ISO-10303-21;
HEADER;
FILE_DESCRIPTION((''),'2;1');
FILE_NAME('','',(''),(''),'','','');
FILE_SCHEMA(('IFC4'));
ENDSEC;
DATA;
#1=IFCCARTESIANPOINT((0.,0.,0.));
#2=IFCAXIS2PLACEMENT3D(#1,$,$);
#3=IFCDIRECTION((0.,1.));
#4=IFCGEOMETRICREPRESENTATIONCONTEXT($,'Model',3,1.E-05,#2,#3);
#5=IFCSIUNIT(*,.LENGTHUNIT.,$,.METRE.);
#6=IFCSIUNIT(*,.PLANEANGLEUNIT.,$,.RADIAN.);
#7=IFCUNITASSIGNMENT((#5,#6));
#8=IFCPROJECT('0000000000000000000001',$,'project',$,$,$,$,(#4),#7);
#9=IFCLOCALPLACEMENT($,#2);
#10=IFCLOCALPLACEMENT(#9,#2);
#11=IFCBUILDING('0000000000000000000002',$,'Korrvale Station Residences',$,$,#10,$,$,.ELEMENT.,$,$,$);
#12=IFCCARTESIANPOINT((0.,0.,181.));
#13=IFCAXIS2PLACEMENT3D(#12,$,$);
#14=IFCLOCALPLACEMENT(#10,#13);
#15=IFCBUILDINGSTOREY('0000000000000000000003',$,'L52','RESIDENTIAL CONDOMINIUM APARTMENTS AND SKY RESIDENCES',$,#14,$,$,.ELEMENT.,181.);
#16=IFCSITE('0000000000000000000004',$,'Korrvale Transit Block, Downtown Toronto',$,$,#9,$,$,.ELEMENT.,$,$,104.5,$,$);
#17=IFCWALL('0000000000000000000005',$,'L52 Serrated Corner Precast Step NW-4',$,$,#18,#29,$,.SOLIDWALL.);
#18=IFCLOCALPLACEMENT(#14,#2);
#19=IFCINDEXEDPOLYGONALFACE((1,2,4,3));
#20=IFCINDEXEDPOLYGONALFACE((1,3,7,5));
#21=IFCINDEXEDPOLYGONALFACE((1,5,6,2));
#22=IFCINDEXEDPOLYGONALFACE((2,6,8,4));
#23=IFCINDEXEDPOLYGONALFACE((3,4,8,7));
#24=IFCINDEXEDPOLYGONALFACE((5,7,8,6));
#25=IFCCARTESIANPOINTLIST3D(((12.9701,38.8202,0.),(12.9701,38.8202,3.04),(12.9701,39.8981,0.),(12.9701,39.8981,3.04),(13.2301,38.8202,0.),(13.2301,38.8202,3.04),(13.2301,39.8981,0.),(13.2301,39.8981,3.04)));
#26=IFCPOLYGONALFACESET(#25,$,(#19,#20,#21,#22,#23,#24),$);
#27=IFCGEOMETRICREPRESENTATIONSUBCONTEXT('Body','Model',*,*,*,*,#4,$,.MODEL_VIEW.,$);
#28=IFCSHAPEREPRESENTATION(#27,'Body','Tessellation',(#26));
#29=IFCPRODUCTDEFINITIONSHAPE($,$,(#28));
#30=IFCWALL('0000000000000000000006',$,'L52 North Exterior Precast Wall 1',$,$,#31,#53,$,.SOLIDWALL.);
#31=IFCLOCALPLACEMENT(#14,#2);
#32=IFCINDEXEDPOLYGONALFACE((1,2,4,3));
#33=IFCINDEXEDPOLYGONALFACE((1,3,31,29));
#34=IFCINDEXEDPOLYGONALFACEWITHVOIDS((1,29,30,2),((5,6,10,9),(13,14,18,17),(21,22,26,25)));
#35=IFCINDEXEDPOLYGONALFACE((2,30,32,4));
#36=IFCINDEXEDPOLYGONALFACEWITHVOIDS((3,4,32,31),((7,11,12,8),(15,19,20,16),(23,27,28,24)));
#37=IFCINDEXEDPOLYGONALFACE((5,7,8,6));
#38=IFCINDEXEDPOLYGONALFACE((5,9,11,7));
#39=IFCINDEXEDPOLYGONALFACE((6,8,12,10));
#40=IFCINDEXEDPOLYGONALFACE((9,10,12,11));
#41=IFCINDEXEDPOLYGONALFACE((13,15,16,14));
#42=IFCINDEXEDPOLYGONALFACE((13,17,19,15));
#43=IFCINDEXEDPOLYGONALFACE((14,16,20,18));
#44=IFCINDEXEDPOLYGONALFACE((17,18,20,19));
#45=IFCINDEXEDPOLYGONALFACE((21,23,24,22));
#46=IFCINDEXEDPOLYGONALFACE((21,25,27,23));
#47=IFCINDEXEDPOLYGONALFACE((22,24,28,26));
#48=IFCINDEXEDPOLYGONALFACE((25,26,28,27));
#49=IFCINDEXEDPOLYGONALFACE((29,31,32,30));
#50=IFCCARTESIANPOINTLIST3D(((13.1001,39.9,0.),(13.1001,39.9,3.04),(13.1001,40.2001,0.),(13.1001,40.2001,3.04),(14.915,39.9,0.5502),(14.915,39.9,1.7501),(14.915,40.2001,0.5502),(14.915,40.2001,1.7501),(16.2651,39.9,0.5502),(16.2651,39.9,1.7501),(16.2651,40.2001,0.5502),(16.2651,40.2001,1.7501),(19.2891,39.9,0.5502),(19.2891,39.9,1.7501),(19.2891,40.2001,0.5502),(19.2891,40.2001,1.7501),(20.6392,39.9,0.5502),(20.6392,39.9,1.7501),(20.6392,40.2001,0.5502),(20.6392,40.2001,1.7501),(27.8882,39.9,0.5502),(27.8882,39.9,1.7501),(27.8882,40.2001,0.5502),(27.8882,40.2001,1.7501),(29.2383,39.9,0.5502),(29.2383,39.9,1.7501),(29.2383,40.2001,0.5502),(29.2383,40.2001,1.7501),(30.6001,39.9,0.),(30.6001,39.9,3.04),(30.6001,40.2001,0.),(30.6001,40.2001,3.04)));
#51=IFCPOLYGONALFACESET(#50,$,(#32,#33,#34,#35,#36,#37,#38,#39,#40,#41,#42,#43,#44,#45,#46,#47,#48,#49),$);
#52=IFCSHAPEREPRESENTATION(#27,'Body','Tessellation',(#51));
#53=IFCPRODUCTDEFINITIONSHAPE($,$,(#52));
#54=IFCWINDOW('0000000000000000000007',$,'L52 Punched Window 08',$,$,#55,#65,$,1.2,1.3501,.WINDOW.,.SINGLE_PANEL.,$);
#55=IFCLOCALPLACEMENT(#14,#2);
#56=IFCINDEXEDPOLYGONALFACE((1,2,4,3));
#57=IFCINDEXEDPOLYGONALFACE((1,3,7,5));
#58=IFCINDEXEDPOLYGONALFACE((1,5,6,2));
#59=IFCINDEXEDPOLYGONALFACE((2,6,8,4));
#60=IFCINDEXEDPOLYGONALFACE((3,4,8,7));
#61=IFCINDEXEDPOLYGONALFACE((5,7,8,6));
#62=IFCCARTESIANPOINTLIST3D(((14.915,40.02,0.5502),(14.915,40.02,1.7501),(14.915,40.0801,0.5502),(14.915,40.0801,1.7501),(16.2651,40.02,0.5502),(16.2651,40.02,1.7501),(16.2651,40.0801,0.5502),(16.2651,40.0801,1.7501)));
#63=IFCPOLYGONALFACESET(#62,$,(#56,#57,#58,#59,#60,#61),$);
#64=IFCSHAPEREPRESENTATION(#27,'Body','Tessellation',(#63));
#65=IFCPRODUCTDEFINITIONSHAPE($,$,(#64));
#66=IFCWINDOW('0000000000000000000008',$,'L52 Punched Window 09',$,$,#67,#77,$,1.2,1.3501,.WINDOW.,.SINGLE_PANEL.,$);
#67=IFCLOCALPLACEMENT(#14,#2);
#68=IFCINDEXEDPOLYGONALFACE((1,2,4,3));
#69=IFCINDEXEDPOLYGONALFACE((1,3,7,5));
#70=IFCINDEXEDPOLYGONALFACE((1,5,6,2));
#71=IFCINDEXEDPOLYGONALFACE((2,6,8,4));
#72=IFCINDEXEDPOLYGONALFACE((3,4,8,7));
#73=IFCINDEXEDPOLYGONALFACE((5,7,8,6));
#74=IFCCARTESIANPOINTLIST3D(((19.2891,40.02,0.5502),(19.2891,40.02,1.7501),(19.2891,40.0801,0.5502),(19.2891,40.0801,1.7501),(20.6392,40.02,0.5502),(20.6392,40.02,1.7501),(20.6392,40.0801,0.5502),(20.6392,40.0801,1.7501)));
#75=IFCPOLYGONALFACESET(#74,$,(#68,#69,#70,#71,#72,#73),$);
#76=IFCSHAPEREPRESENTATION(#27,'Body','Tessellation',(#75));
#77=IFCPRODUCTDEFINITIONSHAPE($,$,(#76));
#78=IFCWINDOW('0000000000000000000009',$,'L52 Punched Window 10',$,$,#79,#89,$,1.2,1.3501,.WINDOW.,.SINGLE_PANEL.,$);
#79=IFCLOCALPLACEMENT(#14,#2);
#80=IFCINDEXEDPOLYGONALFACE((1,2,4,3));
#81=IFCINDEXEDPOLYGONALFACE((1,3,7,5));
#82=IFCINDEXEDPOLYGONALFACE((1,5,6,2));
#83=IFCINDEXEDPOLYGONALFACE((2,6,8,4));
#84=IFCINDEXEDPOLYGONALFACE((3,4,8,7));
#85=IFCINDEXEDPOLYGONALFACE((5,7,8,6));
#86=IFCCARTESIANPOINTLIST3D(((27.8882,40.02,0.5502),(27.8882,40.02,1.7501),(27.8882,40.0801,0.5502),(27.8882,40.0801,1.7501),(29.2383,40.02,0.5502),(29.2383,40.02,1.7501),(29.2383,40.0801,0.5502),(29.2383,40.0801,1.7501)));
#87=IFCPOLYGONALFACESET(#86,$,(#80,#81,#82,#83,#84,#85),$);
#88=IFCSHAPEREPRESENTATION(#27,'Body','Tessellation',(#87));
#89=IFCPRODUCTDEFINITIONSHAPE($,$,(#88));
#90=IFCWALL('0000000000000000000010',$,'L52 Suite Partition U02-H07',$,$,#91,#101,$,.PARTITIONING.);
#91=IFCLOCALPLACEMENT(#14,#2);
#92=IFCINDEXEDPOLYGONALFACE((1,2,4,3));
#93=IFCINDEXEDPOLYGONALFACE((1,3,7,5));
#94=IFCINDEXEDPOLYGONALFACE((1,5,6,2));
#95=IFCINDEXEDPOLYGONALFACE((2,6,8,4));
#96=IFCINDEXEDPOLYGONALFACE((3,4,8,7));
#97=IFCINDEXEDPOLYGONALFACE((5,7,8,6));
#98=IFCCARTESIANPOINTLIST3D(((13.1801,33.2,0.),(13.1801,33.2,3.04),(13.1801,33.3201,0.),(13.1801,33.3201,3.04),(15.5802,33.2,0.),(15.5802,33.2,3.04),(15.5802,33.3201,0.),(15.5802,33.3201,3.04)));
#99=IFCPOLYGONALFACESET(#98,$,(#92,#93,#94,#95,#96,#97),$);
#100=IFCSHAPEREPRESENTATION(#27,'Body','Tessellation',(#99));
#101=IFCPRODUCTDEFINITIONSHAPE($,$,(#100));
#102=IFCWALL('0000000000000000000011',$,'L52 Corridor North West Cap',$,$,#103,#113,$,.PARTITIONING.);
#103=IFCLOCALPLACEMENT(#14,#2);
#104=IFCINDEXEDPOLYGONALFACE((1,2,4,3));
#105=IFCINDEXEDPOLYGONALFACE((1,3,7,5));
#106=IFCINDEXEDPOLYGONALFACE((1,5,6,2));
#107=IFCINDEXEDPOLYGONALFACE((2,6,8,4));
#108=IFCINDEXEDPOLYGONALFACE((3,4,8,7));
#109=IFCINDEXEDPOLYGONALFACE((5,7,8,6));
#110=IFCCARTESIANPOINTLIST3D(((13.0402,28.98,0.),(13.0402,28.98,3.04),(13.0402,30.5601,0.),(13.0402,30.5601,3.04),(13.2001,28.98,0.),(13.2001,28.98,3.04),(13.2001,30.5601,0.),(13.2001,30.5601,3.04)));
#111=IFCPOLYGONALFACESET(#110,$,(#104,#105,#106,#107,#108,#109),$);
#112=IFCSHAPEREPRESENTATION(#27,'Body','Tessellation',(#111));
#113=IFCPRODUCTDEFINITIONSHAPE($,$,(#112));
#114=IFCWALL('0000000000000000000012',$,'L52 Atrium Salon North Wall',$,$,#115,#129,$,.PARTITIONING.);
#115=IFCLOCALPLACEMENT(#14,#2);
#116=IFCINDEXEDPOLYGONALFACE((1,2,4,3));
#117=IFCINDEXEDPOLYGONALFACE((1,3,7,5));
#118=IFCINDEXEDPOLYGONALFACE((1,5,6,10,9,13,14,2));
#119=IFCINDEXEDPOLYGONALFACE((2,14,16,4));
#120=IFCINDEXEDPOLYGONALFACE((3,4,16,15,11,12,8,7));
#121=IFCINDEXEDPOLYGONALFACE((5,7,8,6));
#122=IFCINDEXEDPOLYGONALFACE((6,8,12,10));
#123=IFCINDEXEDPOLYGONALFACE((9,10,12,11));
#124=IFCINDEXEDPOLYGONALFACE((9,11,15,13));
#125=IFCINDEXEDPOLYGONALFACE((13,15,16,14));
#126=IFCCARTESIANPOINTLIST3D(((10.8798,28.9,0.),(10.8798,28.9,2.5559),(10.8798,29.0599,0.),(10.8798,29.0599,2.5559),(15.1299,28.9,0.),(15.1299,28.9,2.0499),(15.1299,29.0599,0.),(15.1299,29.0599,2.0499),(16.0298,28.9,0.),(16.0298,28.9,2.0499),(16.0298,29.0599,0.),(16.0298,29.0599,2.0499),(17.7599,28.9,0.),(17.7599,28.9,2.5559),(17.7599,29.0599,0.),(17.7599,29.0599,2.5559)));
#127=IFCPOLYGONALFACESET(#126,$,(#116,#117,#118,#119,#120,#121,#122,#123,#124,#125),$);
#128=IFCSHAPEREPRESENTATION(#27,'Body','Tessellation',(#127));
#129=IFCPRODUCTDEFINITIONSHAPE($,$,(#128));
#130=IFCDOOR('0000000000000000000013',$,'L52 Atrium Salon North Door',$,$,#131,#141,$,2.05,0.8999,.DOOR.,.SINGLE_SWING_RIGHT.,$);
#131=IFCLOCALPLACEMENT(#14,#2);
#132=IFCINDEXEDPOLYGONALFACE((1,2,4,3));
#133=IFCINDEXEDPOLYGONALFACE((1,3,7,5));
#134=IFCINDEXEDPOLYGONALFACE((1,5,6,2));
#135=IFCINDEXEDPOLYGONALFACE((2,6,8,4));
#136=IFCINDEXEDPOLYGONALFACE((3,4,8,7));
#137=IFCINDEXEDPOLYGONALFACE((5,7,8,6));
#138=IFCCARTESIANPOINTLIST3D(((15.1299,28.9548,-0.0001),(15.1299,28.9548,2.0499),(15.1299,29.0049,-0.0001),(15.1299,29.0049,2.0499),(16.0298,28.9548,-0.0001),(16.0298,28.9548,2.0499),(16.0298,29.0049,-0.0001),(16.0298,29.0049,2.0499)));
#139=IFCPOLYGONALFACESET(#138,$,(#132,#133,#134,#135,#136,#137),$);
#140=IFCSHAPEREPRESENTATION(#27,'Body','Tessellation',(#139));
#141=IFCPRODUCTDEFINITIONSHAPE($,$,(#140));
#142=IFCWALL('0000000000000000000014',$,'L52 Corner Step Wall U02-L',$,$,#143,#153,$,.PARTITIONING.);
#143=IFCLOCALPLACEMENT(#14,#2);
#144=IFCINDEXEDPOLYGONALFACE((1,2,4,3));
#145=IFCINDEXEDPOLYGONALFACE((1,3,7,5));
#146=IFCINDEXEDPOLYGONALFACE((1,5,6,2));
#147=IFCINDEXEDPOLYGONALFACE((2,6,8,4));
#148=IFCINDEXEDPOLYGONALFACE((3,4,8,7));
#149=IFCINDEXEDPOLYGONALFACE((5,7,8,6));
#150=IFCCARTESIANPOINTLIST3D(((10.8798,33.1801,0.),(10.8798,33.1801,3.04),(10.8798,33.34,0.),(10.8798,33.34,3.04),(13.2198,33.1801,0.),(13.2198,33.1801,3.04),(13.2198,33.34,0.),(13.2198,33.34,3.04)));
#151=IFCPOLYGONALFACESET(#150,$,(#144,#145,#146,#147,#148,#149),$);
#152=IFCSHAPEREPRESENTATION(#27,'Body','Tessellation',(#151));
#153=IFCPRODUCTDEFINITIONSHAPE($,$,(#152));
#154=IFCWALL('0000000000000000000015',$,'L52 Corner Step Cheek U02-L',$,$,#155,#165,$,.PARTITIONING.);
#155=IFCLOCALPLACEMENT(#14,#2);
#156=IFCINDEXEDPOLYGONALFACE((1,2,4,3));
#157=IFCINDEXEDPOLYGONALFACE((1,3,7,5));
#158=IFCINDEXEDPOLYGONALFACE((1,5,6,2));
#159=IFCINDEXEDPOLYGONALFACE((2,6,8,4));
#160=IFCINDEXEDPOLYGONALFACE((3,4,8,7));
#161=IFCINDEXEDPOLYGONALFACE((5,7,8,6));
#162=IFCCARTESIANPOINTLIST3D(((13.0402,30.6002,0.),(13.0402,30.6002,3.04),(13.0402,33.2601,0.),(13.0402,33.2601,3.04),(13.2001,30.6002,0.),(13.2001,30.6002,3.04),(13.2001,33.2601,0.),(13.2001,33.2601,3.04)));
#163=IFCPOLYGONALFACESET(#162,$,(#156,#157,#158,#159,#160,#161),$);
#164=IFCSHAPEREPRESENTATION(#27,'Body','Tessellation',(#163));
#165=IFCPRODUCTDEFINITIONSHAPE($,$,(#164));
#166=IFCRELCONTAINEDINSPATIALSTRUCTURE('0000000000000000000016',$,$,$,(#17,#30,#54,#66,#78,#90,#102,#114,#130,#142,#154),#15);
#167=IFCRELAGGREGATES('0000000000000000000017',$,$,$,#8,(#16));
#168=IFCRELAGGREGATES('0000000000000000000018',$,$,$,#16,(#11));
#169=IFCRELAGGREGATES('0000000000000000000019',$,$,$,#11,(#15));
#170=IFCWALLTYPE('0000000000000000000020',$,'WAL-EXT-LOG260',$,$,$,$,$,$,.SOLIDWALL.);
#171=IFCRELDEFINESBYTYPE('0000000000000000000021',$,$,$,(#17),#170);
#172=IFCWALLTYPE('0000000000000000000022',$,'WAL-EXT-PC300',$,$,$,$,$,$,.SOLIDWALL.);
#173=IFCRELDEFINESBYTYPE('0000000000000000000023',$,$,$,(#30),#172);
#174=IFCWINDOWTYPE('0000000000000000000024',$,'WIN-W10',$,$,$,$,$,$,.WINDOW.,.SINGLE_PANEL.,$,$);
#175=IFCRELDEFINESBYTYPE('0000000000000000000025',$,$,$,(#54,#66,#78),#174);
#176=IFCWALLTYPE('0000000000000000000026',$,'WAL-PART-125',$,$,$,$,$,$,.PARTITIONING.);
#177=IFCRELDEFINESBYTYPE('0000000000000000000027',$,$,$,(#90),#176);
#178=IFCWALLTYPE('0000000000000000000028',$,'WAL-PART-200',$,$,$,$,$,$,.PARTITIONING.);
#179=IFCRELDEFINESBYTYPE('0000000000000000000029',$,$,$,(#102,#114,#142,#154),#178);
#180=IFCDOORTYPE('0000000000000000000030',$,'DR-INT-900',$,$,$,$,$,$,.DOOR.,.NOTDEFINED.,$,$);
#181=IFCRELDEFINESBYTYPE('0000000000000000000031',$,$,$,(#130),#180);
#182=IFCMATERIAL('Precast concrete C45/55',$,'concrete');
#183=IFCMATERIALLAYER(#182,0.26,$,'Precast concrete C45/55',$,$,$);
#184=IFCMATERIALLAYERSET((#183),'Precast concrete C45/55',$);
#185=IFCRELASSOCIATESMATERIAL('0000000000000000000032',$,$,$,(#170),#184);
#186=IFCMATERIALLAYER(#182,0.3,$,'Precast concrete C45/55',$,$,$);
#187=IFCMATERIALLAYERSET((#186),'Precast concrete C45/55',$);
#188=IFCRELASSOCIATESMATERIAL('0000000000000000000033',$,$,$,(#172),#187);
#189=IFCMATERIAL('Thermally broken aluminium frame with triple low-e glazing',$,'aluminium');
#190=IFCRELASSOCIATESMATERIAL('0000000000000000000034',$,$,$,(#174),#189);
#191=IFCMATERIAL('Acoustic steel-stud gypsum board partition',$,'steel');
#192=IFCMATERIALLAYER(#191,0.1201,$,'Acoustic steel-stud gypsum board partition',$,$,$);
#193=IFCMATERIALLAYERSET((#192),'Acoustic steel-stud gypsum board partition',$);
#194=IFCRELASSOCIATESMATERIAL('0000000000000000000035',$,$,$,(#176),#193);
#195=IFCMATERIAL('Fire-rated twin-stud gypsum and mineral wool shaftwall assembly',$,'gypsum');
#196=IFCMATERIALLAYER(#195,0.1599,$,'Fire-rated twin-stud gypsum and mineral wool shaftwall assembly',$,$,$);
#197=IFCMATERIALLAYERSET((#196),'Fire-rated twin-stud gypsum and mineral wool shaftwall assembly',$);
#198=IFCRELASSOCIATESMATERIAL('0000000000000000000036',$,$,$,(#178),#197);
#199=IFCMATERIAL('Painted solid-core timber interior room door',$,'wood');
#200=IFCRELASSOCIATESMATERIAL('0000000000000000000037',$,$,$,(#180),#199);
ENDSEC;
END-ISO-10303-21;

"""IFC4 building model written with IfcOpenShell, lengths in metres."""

from ifc_helpers import new_model, si_unit, direction, frame, frame_2d, origin, place, context, subcontext, project, spatial, rectangle, extrude, material, layer, layer_set, type_object, element, fill, save


model = new_model("IFC4")

# Units and contexts
model_context = context("Model", 3, precision=1e-05, world=origin(), true_north=direction((0.0, 1.0)))
body_context = subcontext(model_context, "Body", "Model", "MODEL_VIEW")
ifc_project = project(units=[si_unit("LENGTHUNIT", "METRE"), si_unit("PLANEANGLEUNIT", "RADIAN")], contexts=[model_context])

# Site, building, storey
site_placement = place(None, origin())
site = spatial("IfcSite", under=ifc_project, at=site_placement, Name="Korrvale Transit Block, Downtown Toronto", CompositionType="ELEMENT", RefElevation=104.5)
building_placement = place(site_placement, origin())
building = spatial("IfcBuilding", under=site, at=building_placement, Name="Korrvale Station Residences", CompositionType="ELEMENT")
storey_placement = place(building_placement, frame((0.0, 0.0, 181.0)))
storey = spatial("IfcBuildingStorey", under=building, at=storey_placement, Name="L52", Description="RESIDENTIAL CONDOMINIUM APARTMENTS AND SKY RESIDENCES", CompositionType="ELEMENT", Elevation=181.0)

# Wall
ifc_material_1 = material(Name="Precast concrete C45/55", Category="concrete")
ifc_layer_1 = layer(ifc_material_1, 0.26, Name="Precast concrete C45/55")
ifc_layer_set_1 = layer_set([ifc_layer_1], Name="Precast concrete C45/55")
wall_type_1 = type_object("IfcWallType", Name="WAL-EXT-LOG260", PredefinedType="SOLIDWALL", material=ifc_layer_set_1)
wall_1_placement = place(storey_placement, frame((13.1001, 38.8201, 0.0), z_axis=(0.0, 0.0, 1.0), x_axis=(0.0, 1.0, 0.0)))
element("IfcWall", 1, at=wall_1_placement, inside=storey, type_object=wall_type_1, Name="L52 Serrated Corner Precast Step NW-4", PredefinedType="SOLIDWALL", context=body_context, shape_type="SweptSolid", body=[
    extrude(rectangle(XDim=1.0779, YDim=0.26, at=frame_2d((0.5391, 0.0))), origin(), (0.0, 0.0, 1.0), 3.04),
])

# Wall, openings, windows
ifc_layer_2 = layer(ifc_material_1, 0.3, Name="Precast concrete C45/55")
ifc_layer_set_2 = layer_set([ifc_layer_2], Name="Precast concrete C45/55")
wall_type_2 = type_object("IfcWallType", Name="WAL-EXT-PC300", PredefinedType="SOLIDWALL", material=ifc_layer_set_2)
wall_2_placement = place(storey_placement, frame((13.1001, 40.05, 0.0), z_axis=(0.0, 0.0, 1.0), x_axis=(1.0, 0.0, 0.0)))
wall_2 = element("IfcWall", 2, at=wall_2_placement, inside=storey, type_object=wall_type_2, Name="L52 North Exterior Precast Wall 1", PredefinedType="SOLIDWALL", context=body_context, shape_type="SweptSolid", body=[
    extrude(rectangle(XDim=17.5, YDim=0.3, at=frame_2d((8.75, 0.0))), origin(), (0.0, 0.0, 1.0), 3.04),
])
opening_1_placement = place(wall_2_placement, frame((1.8149, 0.0, 0.55)))
opening_1 = element("IfcOpeningElement", 3, at=opening_1_placement, cuts=wall_2, PredefinedType="OPENING", context=body_context, shape_type="SweptSolid", body=[
    extrude(rectangle(XDim=1.3501, YDim=1.2, at=frame_2d((0.675, 0.6001))), frame((0.0, 0.1602, 0.0), z_axis=(0.0, -1.0, 0.0), x_axis=(1.0, 0.0, 0.0)), (0.0, 0.0, 1.0), 0.3201),
])
opening_2_placement = place(wall_2_placement, frame((6.189, 0.0, 0.55)))
opening_2 = element("IfcOpeningElement", 4, at=opening_2_placement, cuts=wall_2, PredefinedType="OPENING", context=body_context, shape_type="SweptSolid", body=[
    extrude(rectangle(XDim=1.3501, YDim=1.2, at=frame_2d((0.675, 0.6001))), frame((0.0, 0.1602, 0.0), z_axis=(0.0, -1.0, 0.0), x_axis=(1.0, 0.0, 0.0)), (0.0, 0.0, 1.0), 0.3201),
])
opening_3_placement = place(wall_2_placement, frame((14.7881, 0.0, 0.55)))
opening_3 = element("IfcOpeningElement", 5, at=opening_3_placement, cuts=wall_2, PredefinedType="OPENING", context=body_context, shape_type="SweptSolid", body=[
    extrude(rectangle(XDim=1.3501, YDim=1.2, at=frame_2d((0.675, 0.6001))), frame((0.0, 0.1602, 0.0), z_axis=(0.0, -1.0, 0.0), x_axis=(1.0, 0.0, 0.0)), (0.0, 0.0, 1.0), 0.3201),
])
ifc_material_2 = material(Name="Thermally broken aluminium frame with triple low-e glazing", Category="aluminium")
window_type = type_object("IfcWindowType", Name="WIN-W10", PartitioningType="SINGLE_PANEL", PredefinedType="WINDOW", material=ifc_material_2)
window_1_placement = place(opening_1_placement, origin())
window_1 = element("IfcWindow", 6, at=window_1_placement, inside=storey, type_object=window_type, Name="L52 Punched Window 08", OverallHeight=1.2, OverallWidth=1.3501, PartitioningType="SINGLE_PANEL", PredefinedType="WINDOW", context=body_context, shape_type="SweptSolid", body=[
    extrude(rectangle(XDim=1.3501, YDim=1.2, at=frame_2d((0.675, 0.6001))), frame((0.0, 0.03, 0.0), z_axis=(0.0, -1.0, 0.0), x_axis=(1.0, 0.0, 0.0)), (0.0, 0.0, 1.0), 0.0601),
])
fill(opening_1, window_1)
window_2_placement = place(opening_2_placement, origin())
window_2 = element("IfcWindow", 7, at=window_2_placement, inside=storey, type_object=window_type, Name="L52 Punched Window 09", OverallHeight=1.2, OverallWidth=1.3501, PartitioningType="SINGLE_PANEL", PredefinedType="WINDOW", context=body_context, shape_type="SweptSolid", body=[
    extrude(rectangle(XDim=1.3501, YDim=1.2, at=frame_2d((0.675, 0.6001))), frame((0.0, 0.03, 0.0), z_axis=(0.0, -1.0, 0.0), x_axis=(1.0, 0.0, 0.0)), (0.0, 0.0, 1.0), 0.0601),
])
fill(opening_2, window_2)
window_3_placement = place(opening_3_placement, origin())
window_3 = element("IfcWindow", 8, at=window_3_placement, inside=storey, type_object=window_type, Name="L52 Punched Window 10", OverallHeight=1.2, OverallWidth=1.3501, PartitioningType="SINGLE_PANEL", PredefinedType="WINDOW", context=body_context, shape_type="SweptSolid", body=[
    extrude(rectangle(XDim=1.3501, YDim=1.2, at=frame_2d((0.675, 0.6001))), frame((0.0, 0.03, 0.0), z_axis=(0.0, -1.0, 0.0), x_axis=(1.0, 0.0, 0.0)), (0.0, 0.0, 1.0), 0.0601),
])
fill(opening_3, window_3)

# Walls
ifc_material_3 = material(Name="Acoustic steel-stud gypsum board partition", Category="steel")
ifc_layer_3 = layer(ifc_material_3, 0.1201, Name="Acoustic steel-stud gypsum board partition")
ifc_layer_set_3 = layer_set([ifc_layer_3], Name="Acoustic steel-stud gypsum board partition")
wall_type_3 = type_object("IfcWallType", Name="WAL-PART-125", PredefinedType="PARTITIONING", material=ifc_layer_set_3)
wall_3_placement = place(storey_placement, frame((13.1799, 33.26, 0.0), z_axis=(0.0, 0.0, 1.0), x_axis=(1.0, 0.0, 0.0)))
element("IfcWall", 9, at=wall_3_placement, inside=storey, type_object=wall_type_3, Name="L52 Suite Partition U02-H07", PredefinedType="PARTITIONING", context=body_context, shape_type="SweptSolid", body=[
    extrude(rectangle(XDim=2.4001, YDim=0.1201, at=frame_2d((1.2002, 0.0))), origin(), (0.0, 0.0, 1.0), 3.04),
])
ifc_material_4 = material(Name="Fire-rated twin-stud gypsum and mineral wool shaftwall assembly", Category="gypsum")
ifc_layer_4 = layer(ifc_material_4, 0.1599, Name="Fire-rated twin-stud gypsum and mineral wool shaftwall assembly")
ifc_layer_set_4 = layer_set([ifc_layer_4], Name="Fire-rated twin-stud gypsum and mineral wool shaftwall assembly")
wall_type_4 = type_object("IfcWallType", Name="WAL-PART-200", PredefinedType="PARTITIONING", material=ifc_layer_set_4)
wall_4_placement = place(storey_placement, frame((13.1201, 28.98, 0.0), z_axis=(0.0, 0.0, 1.0), x_axis=(0.0, 1.0, 0.0)))
element("IfcWall", 10, at=wall_4_placement, inside=storey, type_object=wall_type_4, Name="L52 Corridor North West Cap", PredefinedType="PARTITIONING", context=body_context, shape_type="SweptSolid", body=[
    extrude(rectangle(XDim=1.5801, YDim=0.1599, at=frame_2d((0.79, 0.0))), origin(), (0.0, 0.0, 1.0), 3.04),
])

# Wall, opening, door
wall_5_placement = place(storey_placement, frame((10.8799, 28.98, 0.0), z_axis=(0.0, 0.0, 1.0), x_axis=(1.0, 0.0, 0.0)))
wall_5 = element("IfcWall", 11, at=wall_5_placement, inside=storey, type_object=wall_type_4, Name="L52 Atrium Salon North Wall", PredefinedType="PARTITIONING", context=body_context, shape_type="SweptSolid", body=[
    extrude(rectangle(XDim=6.8801, YDim=0.1599, at=frame_2d((3.4399, 0.0))), origin(), (0.0, 0.0, 1.0), 2.5559),
])
opening_4_placement = place(wall_5_placement, frame((4.25, 0.0, 0.0)))
opening_4 = element("IfcOpeningElement", 12, at=opening_4_placement, cuts=wall_5, PredefinedType="OPENING", context=body_context, shape_type="SweptSolid", body=[
    extrude(rectangle(XDim=0.8999, YDim=2.05, at=frame_2d((0.45, 1.0249))), frame((0.0, 0.0898, 0.0), z_axis=(0.0, -1.0, 0.0), x_axis=(1.0, 0.0, 0.0)), (0.0, 0.0, 1.0), 0.1799),
])
ifc_material_5 = material(Name="Painted solid-core timber interior room door", Category="wood")
door_type_1 = type_object("IfcDoorType", Name="DR-INT-900", OperationType="NOTDEFINED", PredefinedType="DOOR", material=ifc_material_5)
door_1_placement = place(opening_4_placement, origin())
door_1 = element("IfcDoor", 13, at=door_1_placement, inside=storey, type_object=door_type_1, Name="L52 Atrium Salon North Door", OperationType="SINGLE_SWING_RIGHT", OverallHeight=2.05, OverallWidth=0.8999, PredefinedType="DOOR", context=body_context, shape_type="SweptSolid", body=[
    extrude(rectangle(XDim=0.8999, YDim=2.05, at=frame_2d((0.45, 1.0249))), frame((0.0, 0.0249, 0.0), z_axis=(0.0, -1.0, 0.0), x_axis=(1.0, 0.0, 0.0)), (0.0, 0.0, 1.0), 0.05),
])
fill(opening_4, door_1)

# Walls
wall_6_placement = place(storey_placement, frame((10.8799, 33.26, 0.0), z_axis=(0.0, 0.0, 1.0), x_axis=(1.0, 0.0, 0.0)))
element("IfcWall", 14, at=wall_6_placement, inside=storey, type_object=wall_type_4, Name="L52 Corner Step Wall U02-L", PredefinedType="PARTITIONING", context=body_context, shape_type="SweptSolid", body=[
    extrude(rectangle(XDim=2.3401, YDim=0.1599, at=frame_2d((1.1699, 0.0))), origin(), (0.0, 0.0, 1.0), 3.04),
])
wall_7_placement = place(storey_placement, frame((13.1201, 30.6001, 0.0), z_axis=(0.0, 0.0, 1.0), x_axis=(0.0, 1.0, 0.0)))
element("IfcWall", 15, at=wall_7_placement, inside=storey, type_object=wall_type_4, Name="L52 Corner Step Cheek U02-L", PredefinedType="PARTITIONING", context=body_context, shape_type="SweptSolid", body=[
    extrude(rectangle(XDim=2.6599, YDim=0.1599, at=frame_2d((1.3301, 0.0))), origin(), (0.0, 0.0, 1.0), 3.04),
])

save(model, "model.ifc")
